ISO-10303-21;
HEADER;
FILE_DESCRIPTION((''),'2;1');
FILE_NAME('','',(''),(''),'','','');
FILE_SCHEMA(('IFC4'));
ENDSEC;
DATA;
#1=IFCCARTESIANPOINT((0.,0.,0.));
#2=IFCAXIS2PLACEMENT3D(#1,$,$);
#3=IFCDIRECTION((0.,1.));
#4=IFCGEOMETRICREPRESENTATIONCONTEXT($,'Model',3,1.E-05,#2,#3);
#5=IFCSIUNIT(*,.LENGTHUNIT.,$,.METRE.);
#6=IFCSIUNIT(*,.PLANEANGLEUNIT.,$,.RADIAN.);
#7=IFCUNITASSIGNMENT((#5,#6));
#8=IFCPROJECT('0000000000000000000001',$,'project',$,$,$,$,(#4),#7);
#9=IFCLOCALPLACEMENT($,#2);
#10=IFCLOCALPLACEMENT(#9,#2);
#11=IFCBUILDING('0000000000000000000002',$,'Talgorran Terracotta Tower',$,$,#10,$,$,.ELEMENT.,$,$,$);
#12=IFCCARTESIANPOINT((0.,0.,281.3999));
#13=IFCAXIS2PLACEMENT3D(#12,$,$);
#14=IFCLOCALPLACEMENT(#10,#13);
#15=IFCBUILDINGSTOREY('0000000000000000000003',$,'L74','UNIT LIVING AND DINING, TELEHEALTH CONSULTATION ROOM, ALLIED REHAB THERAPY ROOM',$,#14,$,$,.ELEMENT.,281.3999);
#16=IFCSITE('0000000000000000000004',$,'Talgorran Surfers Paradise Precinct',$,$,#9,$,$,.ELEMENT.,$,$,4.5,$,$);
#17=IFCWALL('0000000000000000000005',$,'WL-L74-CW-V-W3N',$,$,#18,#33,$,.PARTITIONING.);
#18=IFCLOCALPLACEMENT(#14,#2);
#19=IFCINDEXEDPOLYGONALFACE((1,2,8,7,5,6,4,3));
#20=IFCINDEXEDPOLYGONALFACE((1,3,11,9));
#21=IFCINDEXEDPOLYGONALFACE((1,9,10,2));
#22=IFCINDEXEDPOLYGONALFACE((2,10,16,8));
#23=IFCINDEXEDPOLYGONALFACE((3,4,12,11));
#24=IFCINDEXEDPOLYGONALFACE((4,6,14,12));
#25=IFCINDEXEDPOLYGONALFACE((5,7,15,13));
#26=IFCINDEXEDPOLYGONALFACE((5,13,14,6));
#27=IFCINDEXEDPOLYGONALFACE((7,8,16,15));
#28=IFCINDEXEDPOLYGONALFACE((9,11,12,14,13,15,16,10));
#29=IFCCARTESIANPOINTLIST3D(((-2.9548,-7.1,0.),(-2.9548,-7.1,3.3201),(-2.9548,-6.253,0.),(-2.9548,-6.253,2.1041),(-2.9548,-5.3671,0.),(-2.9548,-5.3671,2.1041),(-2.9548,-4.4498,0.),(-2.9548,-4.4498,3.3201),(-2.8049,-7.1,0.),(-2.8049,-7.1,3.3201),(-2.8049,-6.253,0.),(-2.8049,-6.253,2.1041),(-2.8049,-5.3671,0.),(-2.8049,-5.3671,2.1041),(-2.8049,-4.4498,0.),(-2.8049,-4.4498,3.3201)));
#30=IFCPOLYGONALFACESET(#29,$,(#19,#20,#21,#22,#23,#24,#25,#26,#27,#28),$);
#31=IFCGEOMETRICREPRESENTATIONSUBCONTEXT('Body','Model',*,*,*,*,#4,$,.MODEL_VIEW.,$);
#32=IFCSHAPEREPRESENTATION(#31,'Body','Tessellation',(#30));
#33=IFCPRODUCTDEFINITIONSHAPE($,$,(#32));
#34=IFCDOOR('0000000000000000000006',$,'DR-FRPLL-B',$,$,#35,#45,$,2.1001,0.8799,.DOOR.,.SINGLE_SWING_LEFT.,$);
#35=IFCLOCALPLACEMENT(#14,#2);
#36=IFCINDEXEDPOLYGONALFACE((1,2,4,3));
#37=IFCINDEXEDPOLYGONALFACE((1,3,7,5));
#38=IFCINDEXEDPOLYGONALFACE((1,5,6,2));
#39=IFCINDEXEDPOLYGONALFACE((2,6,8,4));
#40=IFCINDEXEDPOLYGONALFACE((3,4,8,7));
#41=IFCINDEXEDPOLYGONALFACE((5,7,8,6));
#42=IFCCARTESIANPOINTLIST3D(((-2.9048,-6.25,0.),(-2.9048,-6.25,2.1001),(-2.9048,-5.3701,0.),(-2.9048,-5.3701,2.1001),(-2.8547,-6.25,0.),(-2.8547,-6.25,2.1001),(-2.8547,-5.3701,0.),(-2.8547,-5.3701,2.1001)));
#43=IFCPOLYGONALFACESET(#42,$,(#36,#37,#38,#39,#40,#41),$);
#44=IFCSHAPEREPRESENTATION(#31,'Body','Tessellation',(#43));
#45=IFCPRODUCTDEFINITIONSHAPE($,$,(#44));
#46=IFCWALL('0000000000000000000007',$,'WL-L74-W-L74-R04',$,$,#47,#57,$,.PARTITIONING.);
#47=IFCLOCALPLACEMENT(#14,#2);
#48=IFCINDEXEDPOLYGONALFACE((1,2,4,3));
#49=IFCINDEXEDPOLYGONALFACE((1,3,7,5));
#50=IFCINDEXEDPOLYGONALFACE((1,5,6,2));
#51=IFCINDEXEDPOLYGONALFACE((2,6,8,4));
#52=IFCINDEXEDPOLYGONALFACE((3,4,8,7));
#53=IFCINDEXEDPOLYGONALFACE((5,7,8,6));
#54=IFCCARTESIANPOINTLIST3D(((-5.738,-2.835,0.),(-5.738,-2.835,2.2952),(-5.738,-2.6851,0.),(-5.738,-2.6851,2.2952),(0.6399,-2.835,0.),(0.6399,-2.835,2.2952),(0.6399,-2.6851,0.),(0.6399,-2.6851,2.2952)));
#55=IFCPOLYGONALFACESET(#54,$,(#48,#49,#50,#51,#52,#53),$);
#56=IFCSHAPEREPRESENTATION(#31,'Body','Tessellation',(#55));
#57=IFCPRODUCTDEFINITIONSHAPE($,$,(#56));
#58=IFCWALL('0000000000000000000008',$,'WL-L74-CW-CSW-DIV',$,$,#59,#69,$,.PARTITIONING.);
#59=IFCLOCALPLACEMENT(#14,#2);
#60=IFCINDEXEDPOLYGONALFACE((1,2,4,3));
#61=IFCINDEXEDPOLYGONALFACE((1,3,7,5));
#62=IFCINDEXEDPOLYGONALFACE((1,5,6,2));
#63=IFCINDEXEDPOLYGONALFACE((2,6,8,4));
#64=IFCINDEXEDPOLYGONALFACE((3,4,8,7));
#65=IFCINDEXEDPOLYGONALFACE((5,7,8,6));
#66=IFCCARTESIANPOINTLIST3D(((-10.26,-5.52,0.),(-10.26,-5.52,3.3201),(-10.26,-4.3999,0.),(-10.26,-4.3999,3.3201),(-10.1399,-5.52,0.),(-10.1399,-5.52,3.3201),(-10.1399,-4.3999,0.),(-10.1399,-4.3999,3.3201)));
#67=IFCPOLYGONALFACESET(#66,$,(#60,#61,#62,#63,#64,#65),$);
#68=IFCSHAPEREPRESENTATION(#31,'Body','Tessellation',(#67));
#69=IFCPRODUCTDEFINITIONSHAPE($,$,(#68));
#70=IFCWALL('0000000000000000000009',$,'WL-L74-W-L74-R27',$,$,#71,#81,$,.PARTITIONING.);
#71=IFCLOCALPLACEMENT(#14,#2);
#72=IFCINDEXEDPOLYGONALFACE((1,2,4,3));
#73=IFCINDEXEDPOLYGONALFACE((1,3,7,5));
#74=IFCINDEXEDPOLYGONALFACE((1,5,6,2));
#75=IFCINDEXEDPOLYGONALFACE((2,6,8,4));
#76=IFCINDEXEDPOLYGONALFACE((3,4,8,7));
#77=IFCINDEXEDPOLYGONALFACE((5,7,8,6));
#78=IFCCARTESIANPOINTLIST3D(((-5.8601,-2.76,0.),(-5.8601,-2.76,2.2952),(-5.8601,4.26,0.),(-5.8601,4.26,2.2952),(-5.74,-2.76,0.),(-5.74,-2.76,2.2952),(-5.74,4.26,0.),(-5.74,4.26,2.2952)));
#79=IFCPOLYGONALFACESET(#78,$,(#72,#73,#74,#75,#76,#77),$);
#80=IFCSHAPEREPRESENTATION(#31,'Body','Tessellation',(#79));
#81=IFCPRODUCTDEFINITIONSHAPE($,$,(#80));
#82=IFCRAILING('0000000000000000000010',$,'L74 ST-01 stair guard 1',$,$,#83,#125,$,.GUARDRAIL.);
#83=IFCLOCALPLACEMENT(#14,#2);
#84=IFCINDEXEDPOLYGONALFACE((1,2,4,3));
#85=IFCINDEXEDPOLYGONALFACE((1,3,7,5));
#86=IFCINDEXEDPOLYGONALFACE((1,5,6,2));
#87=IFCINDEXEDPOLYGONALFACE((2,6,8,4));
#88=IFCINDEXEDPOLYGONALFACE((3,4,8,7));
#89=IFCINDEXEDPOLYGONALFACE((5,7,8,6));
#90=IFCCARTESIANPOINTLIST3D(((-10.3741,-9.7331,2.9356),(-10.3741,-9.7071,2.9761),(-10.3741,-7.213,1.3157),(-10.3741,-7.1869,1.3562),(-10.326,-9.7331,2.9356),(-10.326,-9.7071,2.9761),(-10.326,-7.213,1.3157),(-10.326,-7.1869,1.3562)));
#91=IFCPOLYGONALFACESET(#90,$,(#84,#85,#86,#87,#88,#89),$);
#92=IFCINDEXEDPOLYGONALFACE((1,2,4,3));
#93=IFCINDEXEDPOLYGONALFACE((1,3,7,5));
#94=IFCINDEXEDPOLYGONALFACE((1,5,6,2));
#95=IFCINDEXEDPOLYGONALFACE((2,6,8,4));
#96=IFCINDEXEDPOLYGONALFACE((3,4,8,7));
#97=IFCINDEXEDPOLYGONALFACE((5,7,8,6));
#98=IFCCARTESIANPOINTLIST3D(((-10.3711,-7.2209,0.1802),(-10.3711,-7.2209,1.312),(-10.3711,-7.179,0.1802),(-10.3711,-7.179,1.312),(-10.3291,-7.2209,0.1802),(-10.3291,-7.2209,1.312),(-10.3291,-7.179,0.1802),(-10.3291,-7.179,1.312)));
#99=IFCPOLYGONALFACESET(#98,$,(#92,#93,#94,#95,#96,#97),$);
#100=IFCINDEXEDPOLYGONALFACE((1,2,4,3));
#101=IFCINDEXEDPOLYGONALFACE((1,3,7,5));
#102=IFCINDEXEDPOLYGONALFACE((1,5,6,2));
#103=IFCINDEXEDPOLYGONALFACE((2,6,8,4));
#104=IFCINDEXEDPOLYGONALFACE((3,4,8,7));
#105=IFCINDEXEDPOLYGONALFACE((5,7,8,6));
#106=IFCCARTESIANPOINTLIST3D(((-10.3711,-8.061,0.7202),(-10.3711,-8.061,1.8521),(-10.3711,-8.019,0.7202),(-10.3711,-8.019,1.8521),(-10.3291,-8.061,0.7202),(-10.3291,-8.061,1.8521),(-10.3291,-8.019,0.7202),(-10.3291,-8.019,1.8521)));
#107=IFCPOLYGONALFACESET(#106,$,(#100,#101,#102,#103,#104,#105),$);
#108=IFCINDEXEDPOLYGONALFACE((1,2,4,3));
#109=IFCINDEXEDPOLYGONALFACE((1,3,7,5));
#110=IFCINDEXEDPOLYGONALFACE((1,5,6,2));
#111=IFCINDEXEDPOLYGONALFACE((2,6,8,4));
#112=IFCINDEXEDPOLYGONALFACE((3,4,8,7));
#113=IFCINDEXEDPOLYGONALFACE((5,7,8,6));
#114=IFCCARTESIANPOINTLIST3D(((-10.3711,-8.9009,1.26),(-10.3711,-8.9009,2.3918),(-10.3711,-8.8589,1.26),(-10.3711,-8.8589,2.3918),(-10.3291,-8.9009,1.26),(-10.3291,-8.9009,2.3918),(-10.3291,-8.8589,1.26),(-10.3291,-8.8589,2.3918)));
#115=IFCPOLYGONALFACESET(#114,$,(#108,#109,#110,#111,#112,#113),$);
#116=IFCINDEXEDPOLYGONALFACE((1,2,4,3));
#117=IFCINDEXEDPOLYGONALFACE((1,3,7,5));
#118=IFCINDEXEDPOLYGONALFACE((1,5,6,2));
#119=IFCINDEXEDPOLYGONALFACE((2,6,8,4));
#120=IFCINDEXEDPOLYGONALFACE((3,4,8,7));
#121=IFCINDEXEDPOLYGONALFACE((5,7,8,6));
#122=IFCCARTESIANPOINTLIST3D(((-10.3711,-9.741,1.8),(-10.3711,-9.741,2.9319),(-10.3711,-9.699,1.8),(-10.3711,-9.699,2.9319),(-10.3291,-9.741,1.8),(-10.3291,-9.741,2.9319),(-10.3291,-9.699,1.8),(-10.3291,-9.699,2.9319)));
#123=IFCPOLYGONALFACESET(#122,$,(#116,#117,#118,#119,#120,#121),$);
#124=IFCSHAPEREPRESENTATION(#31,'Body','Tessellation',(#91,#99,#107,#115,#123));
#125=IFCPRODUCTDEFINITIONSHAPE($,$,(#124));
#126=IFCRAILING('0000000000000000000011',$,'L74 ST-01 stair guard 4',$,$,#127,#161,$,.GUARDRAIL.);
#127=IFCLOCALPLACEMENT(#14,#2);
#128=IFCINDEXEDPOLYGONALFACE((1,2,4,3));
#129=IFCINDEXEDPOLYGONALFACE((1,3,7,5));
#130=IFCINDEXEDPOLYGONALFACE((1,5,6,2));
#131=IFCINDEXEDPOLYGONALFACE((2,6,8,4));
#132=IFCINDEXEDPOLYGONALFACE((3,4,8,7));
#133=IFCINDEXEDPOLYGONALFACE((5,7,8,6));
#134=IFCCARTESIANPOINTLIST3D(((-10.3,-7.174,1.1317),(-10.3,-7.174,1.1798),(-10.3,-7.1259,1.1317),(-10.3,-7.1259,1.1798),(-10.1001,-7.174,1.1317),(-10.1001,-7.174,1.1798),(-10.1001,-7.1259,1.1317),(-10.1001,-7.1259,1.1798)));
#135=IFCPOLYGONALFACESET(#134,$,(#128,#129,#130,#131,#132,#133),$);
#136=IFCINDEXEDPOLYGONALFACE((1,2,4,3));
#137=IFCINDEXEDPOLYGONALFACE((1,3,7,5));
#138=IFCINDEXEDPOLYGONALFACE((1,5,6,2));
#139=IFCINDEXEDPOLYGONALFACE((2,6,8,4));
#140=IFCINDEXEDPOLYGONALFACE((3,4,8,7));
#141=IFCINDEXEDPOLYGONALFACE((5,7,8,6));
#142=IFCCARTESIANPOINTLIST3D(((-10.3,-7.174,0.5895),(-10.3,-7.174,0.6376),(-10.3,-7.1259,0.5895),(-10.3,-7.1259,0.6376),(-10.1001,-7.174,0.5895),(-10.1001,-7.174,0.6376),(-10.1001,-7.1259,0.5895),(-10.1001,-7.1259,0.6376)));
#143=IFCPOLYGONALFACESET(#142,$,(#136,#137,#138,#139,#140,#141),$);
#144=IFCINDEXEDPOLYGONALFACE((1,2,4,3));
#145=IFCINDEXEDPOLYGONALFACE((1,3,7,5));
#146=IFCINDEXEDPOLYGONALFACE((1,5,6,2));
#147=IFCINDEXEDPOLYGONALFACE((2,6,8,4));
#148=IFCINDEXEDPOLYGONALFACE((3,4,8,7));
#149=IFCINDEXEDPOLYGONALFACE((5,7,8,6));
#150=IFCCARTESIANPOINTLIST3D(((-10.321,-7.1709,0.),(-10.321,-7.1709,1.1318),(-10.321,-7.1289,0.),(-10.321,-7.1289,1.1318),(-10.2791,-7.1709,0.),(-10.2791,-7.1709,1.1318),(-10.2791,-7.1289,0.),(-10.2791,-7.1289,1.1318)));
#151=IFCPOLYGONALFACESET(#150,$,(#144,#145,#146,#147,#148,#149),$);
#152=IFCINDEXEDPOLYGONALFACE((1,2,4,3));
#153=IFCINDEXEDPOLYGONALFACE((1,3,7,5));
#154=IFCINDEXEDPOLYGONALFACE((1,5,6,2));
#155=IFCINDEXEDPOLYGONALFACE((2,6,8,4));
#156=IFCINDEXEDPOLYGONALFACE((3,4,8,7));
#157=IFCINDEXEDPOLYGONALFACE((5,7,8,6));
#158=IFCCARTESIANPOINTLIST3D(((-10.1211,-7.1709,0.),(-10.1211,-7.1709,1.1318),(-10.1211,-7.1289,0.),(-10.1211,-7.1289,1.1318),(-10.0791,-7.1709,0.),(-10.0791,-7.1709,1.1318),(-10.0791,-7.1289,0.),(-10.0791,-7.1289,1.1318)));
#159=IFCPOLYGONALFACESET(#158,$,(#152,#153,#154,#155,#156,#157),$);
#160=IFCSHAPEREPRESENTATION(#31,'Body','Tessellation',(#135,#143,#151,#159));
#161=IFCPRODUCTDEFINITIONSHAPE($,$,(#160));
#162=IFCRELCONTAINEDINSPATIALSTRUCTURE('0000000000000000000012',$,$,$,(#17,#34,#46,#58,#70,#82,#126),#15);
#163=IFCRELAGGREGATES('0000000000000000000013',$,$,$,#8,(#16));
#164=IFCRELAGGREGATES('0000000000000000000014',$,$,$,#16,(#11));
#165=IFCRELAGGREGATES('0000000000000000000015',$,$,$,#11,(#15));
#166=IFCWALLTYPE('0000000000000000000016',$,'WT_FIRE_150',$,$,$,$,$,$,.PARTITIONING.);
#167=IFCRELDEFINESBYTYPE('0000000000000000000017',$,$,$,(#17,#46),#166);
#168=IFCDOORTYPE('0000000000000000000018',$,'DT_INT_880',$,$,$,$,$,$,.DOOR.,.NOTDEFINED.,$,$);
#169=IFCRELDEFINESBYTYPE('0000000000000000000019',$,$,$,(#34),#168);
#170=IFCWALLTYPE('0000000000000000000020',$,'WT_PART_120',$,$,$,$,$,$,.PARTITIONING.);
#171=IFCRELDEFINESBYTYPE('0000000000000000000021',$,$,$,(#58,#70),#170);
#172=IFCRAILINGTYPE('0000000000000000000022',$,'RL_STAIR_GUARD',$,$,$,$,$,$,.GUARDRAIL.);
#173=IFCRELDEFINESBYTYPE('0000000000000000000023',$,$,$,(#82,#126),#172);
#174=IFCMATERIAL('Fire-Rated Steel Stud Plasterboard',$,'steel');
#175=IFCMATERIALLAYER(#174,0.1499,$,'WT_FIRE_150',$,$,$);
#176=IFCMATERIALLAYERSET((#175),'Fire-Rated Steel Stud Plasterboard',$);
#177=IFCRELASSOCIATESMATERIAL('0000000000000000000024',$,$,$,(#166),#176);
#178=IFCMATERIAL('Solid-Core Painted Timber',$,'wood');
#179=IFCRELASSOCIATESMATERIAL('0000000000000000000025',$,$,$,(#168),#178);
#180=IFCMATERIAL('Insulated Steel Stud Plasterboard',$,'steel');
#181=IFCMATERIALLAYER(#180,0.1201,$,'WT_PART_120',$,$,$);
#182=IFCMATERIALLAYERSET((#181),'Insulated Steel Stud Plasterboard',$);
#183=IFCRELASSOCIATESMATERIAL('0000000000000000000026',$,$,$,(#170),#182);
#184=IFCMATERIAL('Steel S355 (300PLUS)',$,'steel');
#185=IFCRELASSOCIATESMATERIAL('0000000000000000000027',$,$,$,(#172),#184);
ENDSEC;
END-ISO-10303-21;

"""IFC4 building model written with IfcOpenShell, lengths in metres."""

from ifc_helpers import new_model, si_unit, direction, frame, frame_2d, origin, origin_2d, place, context, subcontext, project, spatial, rectangle, extrude, material, layer, layer_set, type_object, element, fill, save


model = new_model("IFC4")

# Units and contexts
model_context = context("Model", 3, precision=1e-05, world=origin(), true_north=direction((0.0, 1.0)))
body_context = subcontext(model_context, "Body", "Model", "MODEL_VIEW")
ifc_project = project(units=[si_unit("LENGTHUNIT", "METRE"), si_unit("PLANEANGLEUNIT", "RADIAN")], contexts=[model_context])

# Site, building, storey
site_placement = place(None, origin())
site = spatial("IfcSite", under=ifc_project, at=site_placement, Name="Talgorran Surfers Paradise Precinct", CompositionType="ELEMENT", RefElevation=4.5)
building_placement = place(site_placement, origin())
building = spatial("IfcBuilding", under=site, at=building_placement, Name="Talgorran Terracotta Tower", CompositionType="ELEMENT")
storey_placement = place(building_placement, frame((0.0, 0.0, 281.3999)))
storey = spatial("IfcBuildingStorey", under=building, at=storey_placement, Name="L74", Description="UNIT LIVING AND DINING, TELEHEALTH CONSULTATION ROOM, ALLIED REHAB THERAPY ROOM", CompositionType="ELEMENT", Elevation=281.3999)

# Shared definitions
ifc_material_1 = material(Name="Steel S355 (300PLUS)", Category="steel")

# Shared definitions
ifc_material_2 = material(Name="Fire-Rated Steel Stud Plasterboard", Category="steel")
ifc_layer_1 = layer(ifc_material_2, 0.1499, Name="WT_FIRE_150")
ifc_layer_set_1 = layer_set([ifc_layer_1], Name="Fire-Rated Steel Stud Plasterboard")
wall_type_1 = type_object("IfcWallType", Name="WT_FIRE_150", PredefinedType="PARTITIONING", material=ifc_layer_set_1)

# Wall, opening, door
wall_1_placement = place(storey_placement, frame((-2.8799, -7.1001, 0.0), z_axis=(0.0, 0.0, 1.0), x_axis=(0.0, 1.0, 0.0)))
wall_1 = element("IfcWall", 1, at=wall_1_placement, inside=storey, type_object=wall_type_1, Name="WL-L74-CW-V-W3N", PredefinedType="PARTITIONING", context=body_context, shape_type="SweptSolid", body=[
    extrude(rectangle(XDim=2.6501, YDim=0.1499, at=frame_2d((1.3252, 0.0))), origin(), (0.0, 0.0, 1.0), 3.3201),
])
opening_placement = place(wall_1_placement, frame((0.8501, 0.0, 0.0)))
opening = element("IfcOpeningElement", 2, at=opening_placement, cuts=wall_1, PredefinedType="OPENING", context=body_context, shape_type="SweptSolid", body=[
    extrude(rectangle(XDim=0.8859, YDim=2.1041, at=frame_2d((0.4399, 1.052))), frame((0.0, 0.085, 0.0), z_axis=(0.0, -1.0, 0.0), x_axis=(1.0, 0.0, 0.0)), (0.0, 0.0, 1.0), 0.1699),
])
ifc_material_3 = material(Name="Solid-Core Painted Timber", Category="wood")
door_type = type_object("IfcDoorType", Name="DT_INT_880", OperationType="NOTDEFINED", PredefinedType="DOOR", material=ifc_material_3)
door_placement = place(opening_placement, origin())
door = element("IfcDoor", 3, at=door_placement, inside=storey, type_object=door_type, Name="DR-FRPLL-B", OperationType="SINGLE_SWING_LEFT", OverallHeight=2.1001, OverallWidth=0.8799, PredefinedType="DOOR", context=body_context, shape_type="SweptSolid", body=[
    extrude(rectangle(XDim=0.8799, YDim=2.1001, at=frame_2d((0.4399, 1.05))), frame((0.0, 0.0249, 0.0), z_axis=(0.0, -1.0, 0.0), x_axis=(1.0, 0.0, 0.0)), (0.0, 0.0, 1.0), 0.05),
])
fill(opening, door)

# Walls
wall_2_placement = place(storey_placement, frame((-5.738, -2.76, 0.0), z_axis=(0.0, 0.0, 1.0), x_axis=(1.0, 0.0, 0.0)))
element("IfcWall", 4, at=wall_2_placement, inside=storey, type_object=wall_type_1, Name="WL-L74-W-L74-R04", PredefinedType="PARTITIONING", context=body_context, shape_type="SweptSolid", body=[
    extrude(rectangle(XDim=6.3779, YDim=0.1499, at=frame_2d((3.189, 0.0))), origin(), (0.0, 0.0, 1.0), 2.2952),
])
ifc_material_4 = material(Name="Insulated Steel Stud Plasterboard", Category="steel")
ifc_layer_2 = layer(ifc_material_4, 0.1201, Name="WT_PART_120")
ifc_layer_set_2 = layer_set([ifc_layer_2], Name="Insulated Steel Stud Plasterboard")
wall_type_2 = type_object("IfcWallType", Name="WT_PART_120", PredefinedType="PARTITIONING", material=ifc_layer_set_2)
wall_3_placement = place(storey_placement, frame((-10.2, -5.52, 0.0), z_axis=(0.0, 0.0, 1.0), x_axis=(0.0, 1.0, 0.0)))
element("IfcWall", 5, at=wall_3_placement, inside=storey, type_object=wall_type_2, Name="WL-L74-CW-CSW-DIV", PredefinedType="PARTITIONING", context=body_context, shape_type="SweptSolid", body=[
    extrude(rectangle(XDim=1.1201, YDim=0.1201, at=frame_2d((0.5601, 0.0))), origin(), (0.0, 0.0, 1.0), 3.3201),
])
wall_4_placement = place(storey_placement, frame((-5.8, -2.76, 0.0), z_axis=(0.0, 0.0, 1.0), x_axis=(0.0, 1.0, 0.0)))
element("IfcWall", 6, at=wall_4_placement, inside=storey, type_object=wall_type_2, Name="WL-L74-W-L74-R27", PredefinedType="PARTITIONING", context=body_context, shape_type="SweptSolid", body=[
    extrude(rectangle(XDim=7.02, YDim=0.1201, at=frame_2d((3.51, 0.0))), origin(), (0.0, 0.0, 1.0), 2.2952),
])

# Railings
railing_type = type_object("IfcRailingType", Name="RL_STAIR_GUARD", PredefinedType="GUARDRAIL", material=ifc_material_1)
railing_1_placement = place(storey_placement, frame((-10.3501, -7.2, 0.1802)))
element("IfcRailing", 7, at=railing_1_placement, inside=storey, type_object=railing_type, Name="L74 ST-01 stair guard 1", PredefinedType="GUARDRAIL", context=body_context, shape_type="SweptSolid", body=[
    extrude(rectangle(XDim=0.0481, YDim=0.0481, at=origin_2d()), frame((0.0, 0.0, 1.1558), z_axis=(0.0, -0.8412, 0.540725), x_axis=(1.0, 0.0, 0.0)), (0.0, 0.0, 1.0), 2.9958),
    extrude(rectangle(XDim=0.042, YDim=0.042, at=origin_2d()), origin(), (0.0, 0.0, 1.0), 1.1318),
    extrude(rectangle(XDim=0.042, YDim=0.042, at=origin_2d()), frame((0.0, -0.8401, 0.54)), (0.0, 0.0, 1.0), 1.1318),
    extrude(rectangle(XDim=0.042, YDim=0.042, at=origin_2d()), frame((0.0, -1.6799, 1.0798)), (0.0, 0.0, 1.0), 1.1318),
    extrude(rectangle(XDim=0.042, YDim=0.042, at=origin_2d()), frame((0.0, -2.52, 1.6199)), (0.0, 0.0, 1.0), 1.1318),
])
railing_2_placement = place(storey_placement, frame((-10.3, -7.1499, 0.0)))
element("IfcRailing", 8, at=railing_2_placement, inside=storey, type_object=railing_type, Name="L74 ST-01 stair guard 4", PredefinedType="GUARDRAIL", context=body_context, shape_type="SweptSolid", body=[
    extrude(rectangle(XDim=0.0481, YDim=0.0481, at=origin_2d()), frame((0.0, 0.0, 1.1558), z_axis=(1.0, 0.0, 0.0), x_axis=(0.0, 1.0, 0.0)), (0.0, 0.0, 1.0), 0.2),
    extrude(rectangle(XDim=0.0481, YDim=0.0481, at=origin_2d()), frame((0.0, 0.0, 0.6135), z_axis=(1.0, 0.0, 0.0), x_axis=(0.0, 1.0, 0.0)), (0.0, 0.0, 1.0), 0.2),
    extrude(rectangle(XDim=0.042, YDim=0.042, at=origin_2d()), origin(), (0.0, 0.0, 1.0), 1.1318),
    extrude(rectangle(XDim=0.042, YDim=0.042, at=origin_2d()), frame((0.2, 0.0, 0.0)), (0.0, 0.0, 1.0), 1.1318),
])

save(model, "model.ifc")
